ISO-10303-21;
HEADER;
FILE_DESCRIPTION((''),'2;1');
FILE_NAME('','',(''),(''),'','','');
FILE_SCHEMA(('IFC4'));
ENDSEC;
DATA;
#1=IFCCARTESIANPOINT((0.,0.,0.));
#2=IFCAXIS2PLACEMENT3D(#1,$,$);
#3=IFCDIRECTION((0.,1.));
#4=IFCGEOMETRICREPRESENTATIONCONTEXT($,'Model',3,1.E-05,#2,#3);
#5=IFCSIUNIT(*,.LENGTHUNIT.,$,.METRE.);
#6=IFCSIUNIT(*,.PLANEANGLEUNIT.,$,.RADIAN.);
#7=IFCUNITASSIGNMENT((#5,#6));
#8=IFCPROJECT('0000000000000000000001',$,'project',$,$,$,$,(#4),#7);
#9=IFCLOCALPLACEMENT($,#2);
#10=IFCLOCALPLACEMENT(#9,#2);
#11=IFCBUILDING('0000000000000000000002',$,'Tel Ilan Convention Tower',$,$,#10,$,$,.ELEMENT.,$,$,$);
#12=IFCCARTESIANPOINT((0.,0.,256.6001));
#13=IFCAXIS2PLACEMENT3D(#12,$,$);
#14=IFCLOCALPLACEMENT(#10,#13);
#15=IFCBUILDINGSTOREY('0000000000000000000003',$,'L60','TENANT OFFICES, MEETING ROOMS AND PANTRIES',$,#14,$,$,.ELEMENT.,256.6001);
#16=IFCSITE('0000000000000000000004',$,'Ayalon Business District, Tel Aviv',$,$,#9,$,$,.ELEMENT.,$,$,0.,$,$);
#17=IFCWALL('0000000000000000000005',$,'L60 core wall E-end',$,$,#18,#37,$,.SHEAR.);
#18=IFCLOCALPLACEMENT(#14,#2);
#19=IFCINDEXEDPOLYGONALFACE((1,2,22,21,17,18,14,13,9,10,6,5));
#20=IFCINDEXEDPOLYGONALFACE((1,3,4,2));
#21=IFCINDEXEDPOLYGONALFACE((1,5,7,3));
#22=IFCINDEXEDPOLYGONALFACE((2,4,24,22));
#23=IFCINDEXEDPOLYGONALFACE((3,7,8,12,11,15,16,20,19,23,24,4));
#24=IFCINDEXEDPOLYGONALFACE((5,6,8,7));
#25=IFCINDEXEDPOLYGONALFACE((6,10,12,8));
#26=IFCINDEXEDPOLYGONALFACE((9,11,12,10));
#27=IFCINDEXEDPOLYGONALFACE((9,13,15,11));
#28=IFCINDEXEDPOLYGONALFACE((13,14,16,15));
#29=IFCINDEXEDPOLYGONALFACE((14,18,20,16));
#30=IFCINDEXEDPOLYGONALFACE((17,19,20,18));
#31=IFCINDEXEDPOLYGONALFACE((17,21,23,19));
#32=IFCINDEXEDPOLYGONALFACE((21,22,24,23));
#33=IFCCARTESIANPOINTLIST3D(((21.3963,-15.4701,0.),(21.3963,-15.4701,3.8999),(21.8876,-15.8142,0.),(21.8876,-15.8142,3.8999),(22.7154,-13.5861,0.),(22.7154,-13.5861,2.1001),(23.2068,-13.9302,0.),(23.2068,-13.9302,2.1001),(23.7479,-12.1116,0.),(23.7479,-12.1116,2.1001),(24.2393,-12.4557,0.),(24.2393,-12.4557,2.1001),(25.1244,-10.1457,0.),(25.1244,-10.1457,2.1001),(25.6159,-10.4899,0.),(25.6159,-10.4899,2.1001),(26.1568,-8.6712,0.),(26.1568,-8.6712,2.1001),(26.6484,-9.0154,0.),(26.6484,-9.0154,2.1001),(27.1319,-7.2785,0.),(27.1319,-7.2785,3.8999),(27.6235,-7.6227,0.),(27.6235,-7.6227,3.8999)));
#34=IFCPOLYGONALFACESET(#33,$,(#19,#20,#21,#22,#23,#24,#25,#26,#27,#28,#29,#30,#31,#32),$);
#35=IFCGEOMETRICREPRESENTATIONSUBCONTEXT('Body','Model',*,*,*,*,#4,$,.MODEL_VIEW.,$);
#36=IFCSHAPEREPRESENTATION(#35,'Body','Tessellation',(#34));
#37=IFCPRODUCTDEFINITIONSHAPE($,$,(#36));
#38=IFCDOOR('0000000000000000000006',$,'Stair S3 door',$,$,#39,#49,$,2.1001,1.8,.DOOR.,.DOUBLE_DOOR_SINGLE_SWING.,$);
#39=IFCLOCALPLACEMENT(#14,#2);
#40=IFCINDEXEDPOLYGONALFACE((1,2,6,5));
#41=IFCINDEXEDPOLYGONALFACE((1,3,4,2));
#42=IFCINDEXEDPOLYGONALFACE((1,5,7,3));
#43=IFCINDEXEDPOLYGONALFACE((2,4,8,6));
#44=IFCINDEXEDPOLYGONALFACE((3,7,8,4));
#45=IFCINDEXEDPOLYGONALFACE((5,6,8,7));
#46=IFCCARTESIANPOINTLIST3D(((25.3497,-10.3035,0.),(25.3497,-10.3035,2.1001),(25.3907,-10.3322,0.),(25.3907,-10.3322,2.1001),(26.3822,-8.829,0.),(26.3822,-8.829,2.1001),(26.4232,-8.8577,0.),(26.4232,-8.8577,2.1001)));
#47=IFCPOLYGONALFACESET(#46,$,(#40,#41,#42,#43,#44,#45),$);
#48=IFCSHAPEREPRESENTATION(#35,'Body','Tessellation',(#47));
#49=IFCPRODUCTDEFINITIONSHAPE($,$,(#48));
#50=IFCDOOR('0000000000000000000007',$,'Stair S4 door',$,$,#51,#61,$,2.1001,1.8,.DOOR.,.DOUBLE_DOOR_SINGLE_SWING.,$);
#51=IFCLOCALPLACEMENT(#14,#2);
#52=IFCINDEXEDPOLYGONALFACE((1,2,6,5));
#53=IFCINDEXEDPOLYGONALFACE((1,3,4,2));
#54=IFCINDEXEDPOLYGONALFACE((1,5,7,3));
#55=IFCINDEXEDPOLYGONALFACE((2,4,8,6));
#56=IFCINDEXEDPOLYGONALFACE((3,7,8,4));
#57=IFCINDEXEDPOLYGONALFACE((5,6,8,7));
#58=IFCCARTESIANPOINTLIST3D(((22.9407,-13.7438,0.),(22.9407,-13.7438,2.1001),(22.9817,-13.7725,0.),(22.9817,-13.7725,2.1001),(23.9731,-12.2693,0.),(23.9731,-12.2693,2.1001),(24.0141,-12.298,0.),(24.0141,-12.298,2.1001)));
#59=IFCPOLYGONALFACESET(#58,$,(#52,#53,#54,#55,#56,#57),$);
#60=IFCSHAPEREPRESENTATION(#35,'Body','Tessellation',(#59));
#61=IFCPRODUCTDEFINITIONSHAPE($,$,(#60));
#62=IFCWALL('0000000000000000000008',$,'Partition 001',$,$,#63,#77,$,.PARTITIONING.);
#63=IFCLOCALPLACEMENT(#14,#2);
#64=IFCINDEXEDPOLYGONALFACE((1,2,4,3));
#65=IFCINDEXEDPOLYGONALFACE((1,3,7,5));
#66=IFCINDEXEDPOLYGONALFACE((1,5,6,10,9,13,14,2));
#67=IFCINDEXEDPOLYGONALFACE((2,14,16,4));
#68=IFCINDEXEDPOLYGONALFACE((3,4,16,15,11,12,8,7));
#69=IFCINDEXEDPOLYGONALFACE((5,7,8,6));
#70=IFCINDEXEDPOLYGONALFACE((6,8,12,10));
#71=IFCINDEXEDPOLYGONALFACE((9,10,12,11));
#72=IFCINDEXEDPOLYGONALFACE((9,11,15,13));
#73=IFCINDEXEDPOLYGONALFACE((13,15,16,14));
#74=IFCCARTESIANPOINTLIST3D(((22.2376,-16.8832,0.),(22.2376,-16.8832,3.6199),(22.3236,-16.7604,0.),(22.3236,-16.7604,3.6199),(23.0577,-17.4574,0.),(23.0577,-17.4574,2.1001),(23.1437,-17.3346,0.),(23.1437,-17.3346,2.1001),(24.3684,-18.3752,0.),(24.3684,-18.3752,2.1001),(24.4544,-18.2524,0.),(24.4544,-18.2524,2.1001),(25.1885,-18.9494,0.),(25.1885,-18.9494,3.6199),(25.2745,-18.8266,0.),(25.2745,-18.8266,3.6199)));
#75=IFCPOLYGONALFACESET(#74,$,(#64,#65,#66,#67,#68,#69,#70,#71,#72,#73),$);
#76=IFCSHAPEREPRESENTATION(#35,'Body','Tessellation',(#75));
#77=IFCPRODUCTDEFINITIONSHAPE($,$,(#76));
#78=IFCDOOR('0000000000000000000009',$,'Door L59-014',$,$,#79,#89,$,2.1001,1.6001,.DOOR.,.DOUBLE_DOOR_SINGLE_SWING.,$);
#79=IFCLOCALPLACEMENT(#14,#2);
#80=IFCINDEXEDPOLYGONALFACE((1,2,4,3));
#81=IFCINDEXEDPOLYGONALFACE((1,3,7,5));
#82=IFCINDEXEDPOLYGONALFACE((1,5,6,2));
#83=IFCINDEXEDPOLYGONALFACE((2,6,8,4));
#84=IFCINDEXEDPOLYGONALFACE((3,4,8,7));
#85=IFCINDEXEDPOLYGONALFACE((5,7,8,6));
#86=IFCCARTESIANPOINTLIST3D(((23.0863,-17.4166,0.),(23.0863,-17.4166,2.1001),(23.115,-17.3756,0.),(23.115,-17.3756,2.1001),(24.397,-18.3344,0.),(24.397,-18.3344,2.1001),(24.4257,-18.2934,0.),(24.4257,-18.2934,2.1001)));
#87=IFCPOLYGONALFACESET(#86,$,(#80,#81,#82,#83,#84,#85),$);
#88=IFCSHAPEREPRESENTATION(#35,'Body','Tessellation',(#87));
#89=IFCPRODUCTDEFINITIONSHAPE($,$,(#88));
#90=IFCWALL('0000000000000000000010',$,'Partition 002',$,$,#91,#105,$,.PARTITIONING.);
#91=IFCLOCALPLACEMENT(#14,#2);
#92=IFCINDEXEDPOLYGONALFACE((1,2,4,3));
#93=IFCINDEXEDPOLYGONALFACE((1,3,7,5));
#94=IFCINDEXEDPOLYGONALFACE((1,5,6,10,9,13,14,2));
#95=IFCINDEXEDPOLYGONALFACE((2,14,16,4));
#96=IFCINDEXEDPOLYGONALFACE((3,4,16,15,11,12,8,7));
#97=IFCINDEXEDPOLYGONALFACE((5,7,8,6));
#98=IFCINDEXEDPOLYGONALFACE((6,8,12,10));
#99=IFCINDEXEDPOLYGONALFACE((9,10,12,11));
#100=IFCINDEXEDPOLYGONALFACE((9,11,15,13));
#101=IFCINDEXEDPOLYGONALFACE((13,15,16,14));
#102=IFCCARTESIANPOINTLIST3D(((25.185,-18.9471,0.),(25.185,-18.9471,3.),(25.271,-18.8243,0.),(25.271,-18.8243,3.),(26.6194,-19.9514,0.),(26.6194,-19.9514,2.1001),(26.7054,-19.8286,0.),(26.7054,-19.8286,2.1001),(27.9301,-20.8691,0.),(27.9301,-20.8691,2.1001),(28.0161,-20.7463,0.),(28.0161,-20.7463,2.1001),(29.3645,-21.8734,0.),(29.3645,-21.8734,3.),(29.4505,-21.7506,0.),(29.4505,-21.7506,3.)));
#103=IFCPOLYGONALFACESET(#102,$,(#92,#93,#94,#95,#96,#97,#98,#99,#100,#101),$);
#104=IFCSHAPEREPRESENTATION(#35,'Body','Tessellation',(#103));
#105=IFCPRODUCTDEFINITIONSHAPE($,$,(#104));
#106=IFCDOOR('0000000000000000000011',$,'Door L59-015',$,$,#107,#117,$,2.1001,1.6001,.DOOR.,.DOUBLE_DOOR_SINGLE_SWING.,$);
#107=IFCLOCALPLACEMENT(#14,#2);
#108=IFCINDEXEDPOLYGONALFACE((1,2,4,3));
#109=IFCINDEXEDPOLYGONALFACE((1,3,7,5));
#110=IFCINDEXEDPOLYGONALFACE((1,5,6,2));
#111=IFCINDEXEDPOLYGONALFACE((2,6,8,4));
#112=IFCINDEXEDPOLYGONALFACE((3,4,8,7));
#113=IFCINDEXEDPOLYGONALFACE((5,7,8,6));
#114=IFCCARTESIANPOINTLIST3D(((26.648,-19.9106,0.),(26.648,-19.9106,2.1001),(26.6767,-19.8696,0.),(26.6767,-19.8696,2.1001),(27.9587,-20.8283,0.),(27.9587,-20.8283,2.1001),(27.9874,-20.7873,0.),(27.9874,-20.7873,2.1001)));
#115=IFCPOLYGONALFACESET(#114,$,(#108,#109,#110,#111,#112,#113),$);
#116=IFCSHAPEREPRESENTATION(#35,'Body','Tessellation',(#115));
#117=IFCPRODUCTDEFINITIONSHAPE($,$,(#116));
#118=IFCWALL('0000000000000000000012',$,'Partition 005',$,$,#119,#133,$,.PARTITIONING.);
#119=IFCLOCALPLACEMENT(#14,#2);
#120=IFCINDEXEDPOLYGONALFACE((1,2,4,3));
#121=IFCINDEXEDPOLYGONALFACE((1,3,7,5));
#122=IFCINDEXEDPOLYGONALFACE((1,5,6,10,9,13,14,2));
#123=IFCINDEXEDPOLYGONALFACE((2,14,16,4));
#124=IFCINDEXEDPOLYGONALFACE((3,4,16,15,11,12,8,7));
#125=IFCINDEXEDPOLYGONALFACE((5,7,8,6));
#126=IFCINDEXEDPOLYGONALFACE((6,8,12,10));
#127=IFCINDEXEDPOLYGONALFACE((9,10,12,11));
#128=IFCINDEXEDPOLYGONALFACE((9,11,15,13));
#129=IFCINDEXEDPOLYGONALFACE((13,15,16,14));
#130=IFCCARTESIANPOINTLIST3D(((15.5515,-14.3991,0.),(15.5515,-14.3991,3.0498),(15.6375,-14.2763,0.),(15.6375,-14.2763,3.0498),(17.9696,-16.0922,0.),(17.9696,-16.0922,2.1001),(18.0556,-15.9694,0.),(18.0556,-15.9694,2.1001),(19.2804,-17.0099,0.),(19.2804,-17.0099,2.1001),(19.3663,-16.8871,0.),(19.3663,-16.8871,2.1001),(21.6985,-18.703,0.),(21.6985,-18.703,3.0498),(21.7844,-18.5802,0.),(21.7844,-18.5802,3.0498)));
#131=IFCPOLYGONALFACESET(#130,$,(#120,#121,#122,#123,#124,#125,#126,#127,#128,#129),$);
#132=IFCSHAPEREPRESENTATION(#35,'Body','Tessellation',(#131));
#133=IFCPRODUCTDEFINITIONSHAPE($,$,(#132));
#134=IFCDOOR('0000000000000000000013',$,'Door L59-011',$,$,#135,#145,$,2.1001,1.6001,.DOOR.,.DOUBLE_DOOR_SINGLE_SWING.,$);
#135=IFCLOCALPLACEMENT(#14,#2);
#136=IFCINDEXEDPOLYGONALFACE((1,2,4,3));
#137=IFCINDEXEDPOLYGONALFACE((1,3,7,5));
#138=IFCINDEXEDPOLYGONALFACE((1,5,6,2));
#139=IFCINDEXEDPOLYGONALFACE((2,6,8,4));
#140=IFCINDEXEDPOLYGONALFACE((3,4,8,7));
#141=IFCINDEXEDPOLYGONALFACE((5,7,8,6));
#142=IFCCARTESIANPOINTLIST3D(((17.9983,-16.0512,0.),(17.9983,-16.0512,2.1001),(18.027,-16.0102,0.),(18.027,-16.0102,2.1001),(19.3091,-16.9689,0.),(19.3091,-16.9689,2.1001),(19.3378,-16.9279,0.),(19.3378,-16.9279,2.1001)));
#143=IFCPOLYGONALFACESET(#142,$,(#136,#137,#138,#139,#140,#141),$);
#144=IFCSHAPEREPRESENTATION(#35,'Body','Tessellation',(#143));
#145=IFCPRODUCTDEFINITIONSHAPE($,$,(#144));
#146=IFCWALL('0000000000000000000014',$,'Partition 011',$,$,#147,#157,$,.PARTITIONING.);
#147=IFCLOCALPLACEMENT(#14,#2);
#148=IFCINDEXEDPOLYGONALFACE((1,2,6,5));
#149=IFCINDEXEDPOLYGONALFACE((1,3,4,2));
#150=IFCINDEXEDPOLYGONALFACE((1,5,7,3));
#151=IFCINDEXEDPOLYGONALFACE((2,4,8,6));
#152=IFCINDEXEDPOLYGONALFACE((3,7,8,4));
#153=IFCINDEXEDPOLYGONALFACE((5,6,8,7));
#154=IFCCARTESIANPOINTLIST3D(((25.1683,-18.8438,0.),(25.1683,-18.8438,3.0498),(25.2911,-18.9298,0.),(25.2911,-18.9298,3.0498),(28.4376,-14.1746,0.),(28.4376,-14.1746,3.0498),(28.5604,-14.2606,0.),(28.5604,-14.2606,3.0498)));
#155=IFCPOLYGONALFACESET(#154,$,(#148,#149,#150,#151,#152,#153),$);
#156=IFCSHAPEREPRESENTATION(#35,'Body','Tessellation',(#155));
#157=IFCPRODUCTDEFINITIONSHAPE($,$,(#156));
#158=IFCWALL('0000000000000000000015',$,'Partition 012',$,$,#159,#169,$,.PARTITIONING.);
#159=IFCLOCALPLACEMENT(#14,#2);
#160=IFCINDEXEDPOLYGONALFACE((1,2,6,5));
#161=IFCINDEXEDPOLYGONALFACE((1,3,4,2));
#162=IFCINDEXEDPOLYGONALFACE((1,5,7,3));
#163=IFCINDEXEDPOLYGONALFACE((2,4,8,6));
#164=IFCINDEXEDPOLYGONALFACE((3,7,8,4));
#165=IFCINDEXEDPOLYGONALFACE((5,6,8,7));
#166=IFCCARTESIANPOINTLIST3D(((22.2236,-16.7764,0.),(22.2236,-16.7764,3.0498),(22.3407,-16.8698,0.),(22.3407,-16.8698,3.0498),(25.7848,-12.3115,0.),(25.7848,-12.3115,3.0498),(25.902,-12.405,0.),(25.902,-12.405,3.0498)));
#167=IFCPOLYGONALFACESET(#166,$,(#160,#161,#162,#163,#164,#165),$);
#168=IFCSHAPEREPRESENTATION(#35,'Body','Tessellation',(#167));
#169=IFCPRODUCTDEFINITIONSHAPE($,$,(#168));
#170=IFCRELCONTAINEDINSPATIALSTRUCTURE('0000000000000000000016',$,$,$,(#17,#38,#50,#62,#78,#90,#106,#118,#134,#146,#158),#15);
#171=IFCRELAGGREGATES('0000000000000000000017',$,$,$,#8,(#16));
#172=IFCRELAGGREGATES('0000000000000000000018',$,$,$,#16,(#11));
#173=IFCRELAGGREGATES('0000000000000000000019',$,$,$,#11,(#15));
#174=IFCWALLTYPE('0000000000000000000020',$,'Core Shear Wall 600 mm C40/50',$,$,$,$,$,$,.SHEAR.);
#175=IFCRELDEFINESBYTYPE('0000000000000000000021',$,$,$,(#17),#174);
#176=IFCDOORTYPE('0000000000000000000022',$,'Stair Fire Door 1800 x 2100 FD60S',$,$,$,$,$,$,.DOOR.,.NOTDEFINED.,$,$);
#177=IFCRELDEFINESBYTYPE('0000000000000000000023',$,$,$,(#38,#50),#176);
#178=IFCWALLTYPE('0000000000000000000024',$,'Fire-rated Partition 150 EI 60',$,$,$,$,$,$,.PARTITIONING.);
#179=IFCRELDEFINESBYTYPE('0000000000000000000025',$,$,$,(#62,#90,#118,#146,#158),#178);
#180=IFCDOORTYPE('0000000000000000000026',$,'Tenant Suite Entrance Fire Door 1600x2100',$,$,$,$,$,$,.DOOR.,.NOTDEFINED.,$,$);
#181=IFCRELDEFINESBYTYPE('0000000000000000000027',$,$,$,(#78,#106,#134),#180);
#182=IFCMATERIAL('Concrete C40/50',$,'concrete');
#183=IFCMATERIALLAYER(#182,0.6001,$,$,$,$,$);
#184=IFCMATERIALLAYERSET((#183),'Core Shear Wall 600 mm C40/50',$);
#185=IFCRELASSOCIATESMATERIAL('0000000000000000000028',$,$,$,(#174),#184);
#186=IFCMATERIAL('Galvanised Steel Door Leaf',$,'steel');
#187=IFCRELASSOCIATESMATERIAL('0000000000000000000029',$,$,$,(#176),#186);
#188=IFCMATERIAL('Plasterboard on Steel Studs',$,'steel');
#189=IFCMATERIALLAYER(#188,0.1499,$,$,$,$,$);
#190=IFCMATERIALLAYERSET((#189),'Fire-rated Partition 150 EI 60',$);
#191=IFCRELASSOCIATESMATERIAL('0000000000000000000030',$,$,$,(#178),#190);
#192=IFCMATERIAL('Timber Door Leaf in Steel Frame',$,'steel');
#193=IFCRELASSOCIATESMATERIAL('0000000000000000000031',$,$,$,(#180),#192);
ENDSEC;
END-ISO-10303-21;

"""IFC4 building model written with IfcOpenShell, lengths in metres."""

from ifc_helpers import new_model, si_unit, direction, frame, frame_2d, origin, place, context, subcontext, project, spatial, polyline, rectangle, outline, extrude, material, layer, layer_set, type_object, element, fill, save


model = new_model("IFC4")

# Units and contexts
model_context = context("Model", 3, precision=1e-05, world=origin(), true_north=direction((0.0, 1.0)))
body_context = subcontext(model_context, "Body", "Model", "MODEL_VIEW")
ifc_project = project(units=[si_unit("LENGTHUNIT", "METRE"), si_unit("PLANEANGLEUNIT", "RADIAN")], contexts=[model_context])

# Site, building, storey
site_placement = place(None, origin())
site = spatial("IfcSite", under=ifc_project, at=site_placement, Name="Ayalon Business District, Tel Aviv", CompositionType="ELEMENT", RefElevation=0.0)
building_placement = place(site_placement, origin())
building = spatial("IfcBuilding", under=site, at=building_placement, Name="Tel Ilan Convention Tower", CompositionType="ELEMENT")
storey_placement = place(building_placement, frame((0.0, 0.0, 256.6001)))
storey = spatial("IfcBuildingStorey", under=building, at=storey_placement, Name="L60", Description="TENANT OFFICES, MEETING ROOMS AND PANTRIES", CompositionType="ELEMENT", Elevation=256.6001)

# Wall, openings, doors
ifc_material_1 = material(Name="Concrete C40/50", Category="concrete")
ifc_layer_1 = layer(ifc_material_1, 0.6001)
ifc_layer_set_1 = layer_set([ifc_layer_1], Name="Core Shear Wall 600 mm C40/50")
wall_type_1 = type_object("IfcWallType", Name="Core Shear Wall 600 mm C40/50", PredefinedType="SHEAR", material=ifc_layer_set_1)
wall_1_placement = place(storey_placement, frame((21.6418, -15.6421, 0.0), z_axis=(0.0, 0.0, 1.0), x_axis=(0.573587, 0.819145, 0.0)))
wall_1 = element("IfcWall", 1, at=wall_1_placement, inside=storey, type_object=wall_type_1, Name="L60 core wall E-end", PredefinedType="SHEAR", context=body_context, shape_type="SweptSolid", body=[
    extrude(outline(polyline([(10.0, 0.3), (0.0, 0.2998), (0.0, -0.3), (10.0, -0.3), (10.0, 0.3)])), origin(), (0.0, 0.0, 1.0), 3.8999),
])
opening_1_placement = place(wall_1_placement, frame((6.5, 0.0, 0.0)))
opening_1 = element("IfcOpeningElement", 2, at=opening_1_placement, cuts=wall_1, PredefinedType="OPENING", context=body_context, shape_type="SweptSolid", body=[
    extrude(rectangle(XDim=1.8, YDim=2.1001, at=frame_2d((0.8999, 1.05))), frame((0.0, 0.3101, 0.0), z_axis=(0.0, -1.0, 0.0), x_axis=(1.0, 0.0, 0.0)), (0.0, 0.0, 1.0), 0.6201),
])
opening_2_placement = place(wall_1_placement, frame((2.3, 0.0, 0.0)))
opening_2 = element("IfcOpeningElement", 3, at=opening_2_placement, cuts=wall_1, PredefinedType="OPENING", context=body_context, shape_type="SweptSolid", body=[
    extrude(rectangle(XDim=1.8, YDim=2.1001, at=frame_2d((0.8999, 1.05))), frame((0.0, 0.3101, 0.0), z_axis=(0.0, -1.0, 0.0), x_axis=(1.0, 0.0, 0.0)), (0.0, 0.0, 1.0), 0.6201),
])
ifc_material_2 = material(Name="Galvanised Steel Door Leaf", Category="steel")
door_type_1 = type_object("IfcDoorType", Name="Stair Fire Door 1800 x 2100 FD60S", OperationType="NOTDEFINED", PredefinedType="DOOR", material=ifc_material_2)
door_1_placement = place(opening_1_placement, origin())
door_1 = element("IfcDoor", 4, at=door_1_placement, inside=storey, type_object=door_type_1, Name="Stair S3 door", OperationType="DOUBLE_DOOR_SINGLE_SWING", OverallHeight=2.1001, OverallWidth=1.8, PredefinedType="DOOR", context=body_context, shape_type="SweptSolid", body=[
    extrude(rectangle(XDim=1.8, YDim=2.1001, at=frame_2d((0.8999, 1.05))), frame((0.0, 0.0249, 0.0), z_axis=(0.0, -1.0, 0.0), x_axis=(1.0, 0.0, 0.0)), (0.0, 0.0, 1.0), 0.05),
])
fill(opening_1, door_1)
door_2_placement = place(opening_2_placement, origin())
door_2 = element("IfcDoor", 5, at=door_2_placement, inside=storey, type_object=door_type_1, Name="Stair S4 door", OperationType="DOUBLE_DOOR_SINGLE_SWING", OverallHeight=2.1001, OverallWidth=1.8, PredefinedType="DOOR", context=body_context, shape_type="SweptSolid", body=[
    extrude(rectangle(XDim=1.8, YDim=2.1001, at=frame_2d((0.8999, 1.05))), frame((0.0, 0.0249, 0.0), z_axis=(0.0, -1.0, 0.0), x_axis=(1.0, 0.0, 0.0)), (0.0, 0.0, 1.0), 0.05),
])
fill(opening_2, door_2)

# Walls, openings, doors
ifc_material_3 = material(Name="Plasterboard on Steel Studs", Category="steel")
ifc_layer_2 = layer(ifc_material_3, 0.1499)
ifc_layer_set_2 = layer_set([ifc_layer_2], Name="Fire-rated Partition 150 EI 60")
wall_type_2 = type_object("IfcWallType", Name="Fire-rated Partition 150 EI 60", PredefinedType="PARTITIONING", material=ifc_layer_set_2)
wall_2_placement = place(storey_placement, frame((22.2805, -16.8218, 0.0), z_axis=(0.0, 0.0, 1.0), x_axis=(0.819165, -0.573558, 0.0)))
wall_2 = element("IfcWall", 6, at=wall_2_placement, inside=storey, type_object=wall_type_2, Name="Partition 001", PredefinedType="PARTITIONING", context=body_context, shape_type="SweptSolid", body=[
    extrude(rectangle(XDim=3.6023, YDim=0.1499, at=frame_2d((1.8013, 0.0))), origin(), (0.0, 0.0, 1.0), 3.6199),
])
opening_3_placement = place(wall_2_placement, frame((1.0012, 0.0, 0.0)))
opening_3 = element("IfcOpeningElement", 7, at=opening_3_placement, cuts=wall_2, PredefinedType="OPENING", context=body_context, shape_type="SweptSolid", body=[
    extrude(rectangle(XDim=1.6001, YDim=2.1001, at=frame_2d((0.8, 1.05))), frame((0.0, 0.085, 0.0), z_axis=(0.0, -1.0, 0.0), x_axis=(1.0, 0.0, 0.0)), (0.0, 0.0, 1.0), 0.1699),
])
ifc_material_4 = material(Name="Timber Door Leaf in Steel Frame", Category="steel")
door_type_2 = type_object("IfcDoorType", Name="Tenant Suite Entrance Fire Door 1600x2100", OperationType="NOTDEFINED", PredefinedType="DOOR", material=ifc_material_4)
door_3_placement = place(opening_3_placement, origin())
door_3 = element("IfcDoor", 8, at=door_3_placement, inside=storey, type_object=door_type_2, Name="Door L59-014", OperationType="DOUBLE_DOOR_SINGLE_SWING", OverallHeight=2.1001, OverallWidth=1.6001, PredefinedType="DOOR", context=body_context, shape_type="SweptSolid", body=[
    extrude(rectangle(XDim=1.6001, YDim=2.1001, at=frame_2d((0.8, 1.05))), frame((0.0, 0.0249, 0.0), z_axis=(0.0, -1.0, 0.0), x_axis=(1.0, 0.0, 0.0)), (0.0, 0.0, 1.0), 0.05),
])
fill(opening_3, door_3)
wall_3_placement = place(storey_placement, frame((25.228, -18.8857, 0.0), z_axis=(0.0, 0.0, 1.0), x_axis=(0.819171, -0.573549, 0.0)))
wall_3 = element("IfcWall", 9, at=wall_3_placement, inside=storey, type_object=wall_type_2, Name="Partition 002", PredefinedType="PARTITIONING", context=body_context, shape_type="SweptSolid", body=[
    extrude(rectangle(XDim=5.1021, YDim=0.1499, at=frame_2d((2.551, 0.0))), origin(), (0.0, 0.0, 1.0), 3.0),
])
opening_4_placement = place(wall_3_placement, frame((1.751, 0.0, 0.0)))
opening_4 = element("IfcOpeningElement", 10, at=opening_4_placement, cuts=wall_3, PredefinedType="OPENING", context=body_context, shape_type="SweptSolid", body=[
    extrude(rectangle(XDim=1.6001, YDim=2.1001, at=frame_2d((0.8, 1.05))), frame((0.0, 0.085, 0.0), z_axis=(0.0, -1.0, 0.0), x_axis=(1.0, 0.0, 0.0)), (0.0, 0.0, 1.0), 0.1699),
])
door_4_placement = place(opening_4_placement, origin())
door_4 = element("IfcDoor", 11, at=door_4_placement, inside=storey, type_object=door_type_2, Name="Door L59-015", OperationType="DOUBLE_DOOR_SINGLE_SWING", OverallHeight=2.1001, OverallWidth=1.6001, PredefinedType="DOOR", context=body_context, shape_type="SweptSolid", body=[
    extrude(rectangle(XDim=1.6001, YDim=2.1001, at=frame_2d((0.8, 1.05))), frame((0.0, 0.0249, 0.0), z_axis=(0.0, -1.0, 0.0), x_axis=(1.0, 0.0, 0.0)), (0.0, 0.0, 1.0), 0.05),
])
fill(opening_4, door_4)
wall_4_placement = place(storey_placement, frame((21.7415, -18.6416, 0.0), z_axis=(0.0, 0.0, 1.0), x_axis=(-0.819165, 0.573558, 0.0)))
wall_4 = element("IfcWall", 12, at=wall_4_placement, inside=storey, type_object=wall_type_2, Name="Partition 005", PredefinedType="PARTITIONING", context=body_context, shape_type="SweptSolid", body=[
    extrude(rectangle(XDim=7.5039, YDim=0.1499, at=frame_2d((3.752, 0.0))), origin(), (0.0, 0.0, 1.0), 3.0498),
])
opening_5_placement = place(wall_4_placement, frame((2.9519, 0.0, 0.0)))
opening_5 = element("IfcOpeningElement", 13, at=opening_5_placement, cuts=wall_4, PredefinedType="OPENING", context=body_context, shape_type="SweptSolid", body=[
    extrude(rectangle(XDim=1.6001, YDim=2.1001, at=frame_2d((0.8, 1.05))), frame((0.0, 0.085, 0.0), z_axis=(0.0, -1.0, 0.0), x_axis=(1.0, 0.0, 0.0)), (0.0, 0.0, 1.0), 0.1699),
])
door_5_placement = place(opening_5_placement, origin())
door_5 = element("IfcDoor", 14, at=door_5_placement, inside=storey, type_object=door_type_2, Name="Door L59-011", OperationType="DOUBLE_DOOR_SINGLE_SWING", OverallHeight=2.1001, OverallWidth=1.6001, PredefinedType="DOOR", context=body_context, shape_type="SweptSolid", body=[
    extrude(rectangle(XDim=1.6001, YDim=2.1001, at=frame_2d((0.8, 1.05))), frame((0.0, 0.0249, 0.0), z_axis=(0.0, -1.0, 0.0), x_axis=(1.0, 0.0, 0.0)), (0.0, 0.0, 1.0), 0.05),
])
fill(opening_5, door_5)

# Walls
wall_5_placement = place(storey_placement, frame((28.499, -14.2175, 0.0), z_axis=(0.0, 0.0, 1.0), x_axis=(-0.573563, -0.819161, 0.0)))
element("IfcWall", 15, at=wall_5_placement, inside=storey, type_object=wall_type_2, Name="Partition 011", PredefinedType="PARTITIONING", context=body_context, shape_type="SweptSolid", body=[
    extrude(rectangle(XDim=5.7, YDim=0.1499, at=frame_2d((2.8501, 0.0))), origin(), (0.0, 0.0, 1.0), 3.0498),
])
wall_6_placement = place(storey_placement, frame((22.2822, -16.823, 0.0), z_axis=(0.0, 0.0, 1.0), x_axis=(0.623563, 0.781773, 0.0)))
element("IfcWall", 16, at=wall_6_placement, inside=storey, type_object=wall_type_2, Name="Partition 012", PredefinedType="PARTITIONING", context=body_context, shape_type="SweptSolid", body=[
    extrude(rectangle(XDim=5.7112, YDim=0.1499, at=frame_2d((2.8555, 0.0))), origin(), (0.0, 0.0, 1.0), 3.0498),
])

save(model, "model.ifc")
